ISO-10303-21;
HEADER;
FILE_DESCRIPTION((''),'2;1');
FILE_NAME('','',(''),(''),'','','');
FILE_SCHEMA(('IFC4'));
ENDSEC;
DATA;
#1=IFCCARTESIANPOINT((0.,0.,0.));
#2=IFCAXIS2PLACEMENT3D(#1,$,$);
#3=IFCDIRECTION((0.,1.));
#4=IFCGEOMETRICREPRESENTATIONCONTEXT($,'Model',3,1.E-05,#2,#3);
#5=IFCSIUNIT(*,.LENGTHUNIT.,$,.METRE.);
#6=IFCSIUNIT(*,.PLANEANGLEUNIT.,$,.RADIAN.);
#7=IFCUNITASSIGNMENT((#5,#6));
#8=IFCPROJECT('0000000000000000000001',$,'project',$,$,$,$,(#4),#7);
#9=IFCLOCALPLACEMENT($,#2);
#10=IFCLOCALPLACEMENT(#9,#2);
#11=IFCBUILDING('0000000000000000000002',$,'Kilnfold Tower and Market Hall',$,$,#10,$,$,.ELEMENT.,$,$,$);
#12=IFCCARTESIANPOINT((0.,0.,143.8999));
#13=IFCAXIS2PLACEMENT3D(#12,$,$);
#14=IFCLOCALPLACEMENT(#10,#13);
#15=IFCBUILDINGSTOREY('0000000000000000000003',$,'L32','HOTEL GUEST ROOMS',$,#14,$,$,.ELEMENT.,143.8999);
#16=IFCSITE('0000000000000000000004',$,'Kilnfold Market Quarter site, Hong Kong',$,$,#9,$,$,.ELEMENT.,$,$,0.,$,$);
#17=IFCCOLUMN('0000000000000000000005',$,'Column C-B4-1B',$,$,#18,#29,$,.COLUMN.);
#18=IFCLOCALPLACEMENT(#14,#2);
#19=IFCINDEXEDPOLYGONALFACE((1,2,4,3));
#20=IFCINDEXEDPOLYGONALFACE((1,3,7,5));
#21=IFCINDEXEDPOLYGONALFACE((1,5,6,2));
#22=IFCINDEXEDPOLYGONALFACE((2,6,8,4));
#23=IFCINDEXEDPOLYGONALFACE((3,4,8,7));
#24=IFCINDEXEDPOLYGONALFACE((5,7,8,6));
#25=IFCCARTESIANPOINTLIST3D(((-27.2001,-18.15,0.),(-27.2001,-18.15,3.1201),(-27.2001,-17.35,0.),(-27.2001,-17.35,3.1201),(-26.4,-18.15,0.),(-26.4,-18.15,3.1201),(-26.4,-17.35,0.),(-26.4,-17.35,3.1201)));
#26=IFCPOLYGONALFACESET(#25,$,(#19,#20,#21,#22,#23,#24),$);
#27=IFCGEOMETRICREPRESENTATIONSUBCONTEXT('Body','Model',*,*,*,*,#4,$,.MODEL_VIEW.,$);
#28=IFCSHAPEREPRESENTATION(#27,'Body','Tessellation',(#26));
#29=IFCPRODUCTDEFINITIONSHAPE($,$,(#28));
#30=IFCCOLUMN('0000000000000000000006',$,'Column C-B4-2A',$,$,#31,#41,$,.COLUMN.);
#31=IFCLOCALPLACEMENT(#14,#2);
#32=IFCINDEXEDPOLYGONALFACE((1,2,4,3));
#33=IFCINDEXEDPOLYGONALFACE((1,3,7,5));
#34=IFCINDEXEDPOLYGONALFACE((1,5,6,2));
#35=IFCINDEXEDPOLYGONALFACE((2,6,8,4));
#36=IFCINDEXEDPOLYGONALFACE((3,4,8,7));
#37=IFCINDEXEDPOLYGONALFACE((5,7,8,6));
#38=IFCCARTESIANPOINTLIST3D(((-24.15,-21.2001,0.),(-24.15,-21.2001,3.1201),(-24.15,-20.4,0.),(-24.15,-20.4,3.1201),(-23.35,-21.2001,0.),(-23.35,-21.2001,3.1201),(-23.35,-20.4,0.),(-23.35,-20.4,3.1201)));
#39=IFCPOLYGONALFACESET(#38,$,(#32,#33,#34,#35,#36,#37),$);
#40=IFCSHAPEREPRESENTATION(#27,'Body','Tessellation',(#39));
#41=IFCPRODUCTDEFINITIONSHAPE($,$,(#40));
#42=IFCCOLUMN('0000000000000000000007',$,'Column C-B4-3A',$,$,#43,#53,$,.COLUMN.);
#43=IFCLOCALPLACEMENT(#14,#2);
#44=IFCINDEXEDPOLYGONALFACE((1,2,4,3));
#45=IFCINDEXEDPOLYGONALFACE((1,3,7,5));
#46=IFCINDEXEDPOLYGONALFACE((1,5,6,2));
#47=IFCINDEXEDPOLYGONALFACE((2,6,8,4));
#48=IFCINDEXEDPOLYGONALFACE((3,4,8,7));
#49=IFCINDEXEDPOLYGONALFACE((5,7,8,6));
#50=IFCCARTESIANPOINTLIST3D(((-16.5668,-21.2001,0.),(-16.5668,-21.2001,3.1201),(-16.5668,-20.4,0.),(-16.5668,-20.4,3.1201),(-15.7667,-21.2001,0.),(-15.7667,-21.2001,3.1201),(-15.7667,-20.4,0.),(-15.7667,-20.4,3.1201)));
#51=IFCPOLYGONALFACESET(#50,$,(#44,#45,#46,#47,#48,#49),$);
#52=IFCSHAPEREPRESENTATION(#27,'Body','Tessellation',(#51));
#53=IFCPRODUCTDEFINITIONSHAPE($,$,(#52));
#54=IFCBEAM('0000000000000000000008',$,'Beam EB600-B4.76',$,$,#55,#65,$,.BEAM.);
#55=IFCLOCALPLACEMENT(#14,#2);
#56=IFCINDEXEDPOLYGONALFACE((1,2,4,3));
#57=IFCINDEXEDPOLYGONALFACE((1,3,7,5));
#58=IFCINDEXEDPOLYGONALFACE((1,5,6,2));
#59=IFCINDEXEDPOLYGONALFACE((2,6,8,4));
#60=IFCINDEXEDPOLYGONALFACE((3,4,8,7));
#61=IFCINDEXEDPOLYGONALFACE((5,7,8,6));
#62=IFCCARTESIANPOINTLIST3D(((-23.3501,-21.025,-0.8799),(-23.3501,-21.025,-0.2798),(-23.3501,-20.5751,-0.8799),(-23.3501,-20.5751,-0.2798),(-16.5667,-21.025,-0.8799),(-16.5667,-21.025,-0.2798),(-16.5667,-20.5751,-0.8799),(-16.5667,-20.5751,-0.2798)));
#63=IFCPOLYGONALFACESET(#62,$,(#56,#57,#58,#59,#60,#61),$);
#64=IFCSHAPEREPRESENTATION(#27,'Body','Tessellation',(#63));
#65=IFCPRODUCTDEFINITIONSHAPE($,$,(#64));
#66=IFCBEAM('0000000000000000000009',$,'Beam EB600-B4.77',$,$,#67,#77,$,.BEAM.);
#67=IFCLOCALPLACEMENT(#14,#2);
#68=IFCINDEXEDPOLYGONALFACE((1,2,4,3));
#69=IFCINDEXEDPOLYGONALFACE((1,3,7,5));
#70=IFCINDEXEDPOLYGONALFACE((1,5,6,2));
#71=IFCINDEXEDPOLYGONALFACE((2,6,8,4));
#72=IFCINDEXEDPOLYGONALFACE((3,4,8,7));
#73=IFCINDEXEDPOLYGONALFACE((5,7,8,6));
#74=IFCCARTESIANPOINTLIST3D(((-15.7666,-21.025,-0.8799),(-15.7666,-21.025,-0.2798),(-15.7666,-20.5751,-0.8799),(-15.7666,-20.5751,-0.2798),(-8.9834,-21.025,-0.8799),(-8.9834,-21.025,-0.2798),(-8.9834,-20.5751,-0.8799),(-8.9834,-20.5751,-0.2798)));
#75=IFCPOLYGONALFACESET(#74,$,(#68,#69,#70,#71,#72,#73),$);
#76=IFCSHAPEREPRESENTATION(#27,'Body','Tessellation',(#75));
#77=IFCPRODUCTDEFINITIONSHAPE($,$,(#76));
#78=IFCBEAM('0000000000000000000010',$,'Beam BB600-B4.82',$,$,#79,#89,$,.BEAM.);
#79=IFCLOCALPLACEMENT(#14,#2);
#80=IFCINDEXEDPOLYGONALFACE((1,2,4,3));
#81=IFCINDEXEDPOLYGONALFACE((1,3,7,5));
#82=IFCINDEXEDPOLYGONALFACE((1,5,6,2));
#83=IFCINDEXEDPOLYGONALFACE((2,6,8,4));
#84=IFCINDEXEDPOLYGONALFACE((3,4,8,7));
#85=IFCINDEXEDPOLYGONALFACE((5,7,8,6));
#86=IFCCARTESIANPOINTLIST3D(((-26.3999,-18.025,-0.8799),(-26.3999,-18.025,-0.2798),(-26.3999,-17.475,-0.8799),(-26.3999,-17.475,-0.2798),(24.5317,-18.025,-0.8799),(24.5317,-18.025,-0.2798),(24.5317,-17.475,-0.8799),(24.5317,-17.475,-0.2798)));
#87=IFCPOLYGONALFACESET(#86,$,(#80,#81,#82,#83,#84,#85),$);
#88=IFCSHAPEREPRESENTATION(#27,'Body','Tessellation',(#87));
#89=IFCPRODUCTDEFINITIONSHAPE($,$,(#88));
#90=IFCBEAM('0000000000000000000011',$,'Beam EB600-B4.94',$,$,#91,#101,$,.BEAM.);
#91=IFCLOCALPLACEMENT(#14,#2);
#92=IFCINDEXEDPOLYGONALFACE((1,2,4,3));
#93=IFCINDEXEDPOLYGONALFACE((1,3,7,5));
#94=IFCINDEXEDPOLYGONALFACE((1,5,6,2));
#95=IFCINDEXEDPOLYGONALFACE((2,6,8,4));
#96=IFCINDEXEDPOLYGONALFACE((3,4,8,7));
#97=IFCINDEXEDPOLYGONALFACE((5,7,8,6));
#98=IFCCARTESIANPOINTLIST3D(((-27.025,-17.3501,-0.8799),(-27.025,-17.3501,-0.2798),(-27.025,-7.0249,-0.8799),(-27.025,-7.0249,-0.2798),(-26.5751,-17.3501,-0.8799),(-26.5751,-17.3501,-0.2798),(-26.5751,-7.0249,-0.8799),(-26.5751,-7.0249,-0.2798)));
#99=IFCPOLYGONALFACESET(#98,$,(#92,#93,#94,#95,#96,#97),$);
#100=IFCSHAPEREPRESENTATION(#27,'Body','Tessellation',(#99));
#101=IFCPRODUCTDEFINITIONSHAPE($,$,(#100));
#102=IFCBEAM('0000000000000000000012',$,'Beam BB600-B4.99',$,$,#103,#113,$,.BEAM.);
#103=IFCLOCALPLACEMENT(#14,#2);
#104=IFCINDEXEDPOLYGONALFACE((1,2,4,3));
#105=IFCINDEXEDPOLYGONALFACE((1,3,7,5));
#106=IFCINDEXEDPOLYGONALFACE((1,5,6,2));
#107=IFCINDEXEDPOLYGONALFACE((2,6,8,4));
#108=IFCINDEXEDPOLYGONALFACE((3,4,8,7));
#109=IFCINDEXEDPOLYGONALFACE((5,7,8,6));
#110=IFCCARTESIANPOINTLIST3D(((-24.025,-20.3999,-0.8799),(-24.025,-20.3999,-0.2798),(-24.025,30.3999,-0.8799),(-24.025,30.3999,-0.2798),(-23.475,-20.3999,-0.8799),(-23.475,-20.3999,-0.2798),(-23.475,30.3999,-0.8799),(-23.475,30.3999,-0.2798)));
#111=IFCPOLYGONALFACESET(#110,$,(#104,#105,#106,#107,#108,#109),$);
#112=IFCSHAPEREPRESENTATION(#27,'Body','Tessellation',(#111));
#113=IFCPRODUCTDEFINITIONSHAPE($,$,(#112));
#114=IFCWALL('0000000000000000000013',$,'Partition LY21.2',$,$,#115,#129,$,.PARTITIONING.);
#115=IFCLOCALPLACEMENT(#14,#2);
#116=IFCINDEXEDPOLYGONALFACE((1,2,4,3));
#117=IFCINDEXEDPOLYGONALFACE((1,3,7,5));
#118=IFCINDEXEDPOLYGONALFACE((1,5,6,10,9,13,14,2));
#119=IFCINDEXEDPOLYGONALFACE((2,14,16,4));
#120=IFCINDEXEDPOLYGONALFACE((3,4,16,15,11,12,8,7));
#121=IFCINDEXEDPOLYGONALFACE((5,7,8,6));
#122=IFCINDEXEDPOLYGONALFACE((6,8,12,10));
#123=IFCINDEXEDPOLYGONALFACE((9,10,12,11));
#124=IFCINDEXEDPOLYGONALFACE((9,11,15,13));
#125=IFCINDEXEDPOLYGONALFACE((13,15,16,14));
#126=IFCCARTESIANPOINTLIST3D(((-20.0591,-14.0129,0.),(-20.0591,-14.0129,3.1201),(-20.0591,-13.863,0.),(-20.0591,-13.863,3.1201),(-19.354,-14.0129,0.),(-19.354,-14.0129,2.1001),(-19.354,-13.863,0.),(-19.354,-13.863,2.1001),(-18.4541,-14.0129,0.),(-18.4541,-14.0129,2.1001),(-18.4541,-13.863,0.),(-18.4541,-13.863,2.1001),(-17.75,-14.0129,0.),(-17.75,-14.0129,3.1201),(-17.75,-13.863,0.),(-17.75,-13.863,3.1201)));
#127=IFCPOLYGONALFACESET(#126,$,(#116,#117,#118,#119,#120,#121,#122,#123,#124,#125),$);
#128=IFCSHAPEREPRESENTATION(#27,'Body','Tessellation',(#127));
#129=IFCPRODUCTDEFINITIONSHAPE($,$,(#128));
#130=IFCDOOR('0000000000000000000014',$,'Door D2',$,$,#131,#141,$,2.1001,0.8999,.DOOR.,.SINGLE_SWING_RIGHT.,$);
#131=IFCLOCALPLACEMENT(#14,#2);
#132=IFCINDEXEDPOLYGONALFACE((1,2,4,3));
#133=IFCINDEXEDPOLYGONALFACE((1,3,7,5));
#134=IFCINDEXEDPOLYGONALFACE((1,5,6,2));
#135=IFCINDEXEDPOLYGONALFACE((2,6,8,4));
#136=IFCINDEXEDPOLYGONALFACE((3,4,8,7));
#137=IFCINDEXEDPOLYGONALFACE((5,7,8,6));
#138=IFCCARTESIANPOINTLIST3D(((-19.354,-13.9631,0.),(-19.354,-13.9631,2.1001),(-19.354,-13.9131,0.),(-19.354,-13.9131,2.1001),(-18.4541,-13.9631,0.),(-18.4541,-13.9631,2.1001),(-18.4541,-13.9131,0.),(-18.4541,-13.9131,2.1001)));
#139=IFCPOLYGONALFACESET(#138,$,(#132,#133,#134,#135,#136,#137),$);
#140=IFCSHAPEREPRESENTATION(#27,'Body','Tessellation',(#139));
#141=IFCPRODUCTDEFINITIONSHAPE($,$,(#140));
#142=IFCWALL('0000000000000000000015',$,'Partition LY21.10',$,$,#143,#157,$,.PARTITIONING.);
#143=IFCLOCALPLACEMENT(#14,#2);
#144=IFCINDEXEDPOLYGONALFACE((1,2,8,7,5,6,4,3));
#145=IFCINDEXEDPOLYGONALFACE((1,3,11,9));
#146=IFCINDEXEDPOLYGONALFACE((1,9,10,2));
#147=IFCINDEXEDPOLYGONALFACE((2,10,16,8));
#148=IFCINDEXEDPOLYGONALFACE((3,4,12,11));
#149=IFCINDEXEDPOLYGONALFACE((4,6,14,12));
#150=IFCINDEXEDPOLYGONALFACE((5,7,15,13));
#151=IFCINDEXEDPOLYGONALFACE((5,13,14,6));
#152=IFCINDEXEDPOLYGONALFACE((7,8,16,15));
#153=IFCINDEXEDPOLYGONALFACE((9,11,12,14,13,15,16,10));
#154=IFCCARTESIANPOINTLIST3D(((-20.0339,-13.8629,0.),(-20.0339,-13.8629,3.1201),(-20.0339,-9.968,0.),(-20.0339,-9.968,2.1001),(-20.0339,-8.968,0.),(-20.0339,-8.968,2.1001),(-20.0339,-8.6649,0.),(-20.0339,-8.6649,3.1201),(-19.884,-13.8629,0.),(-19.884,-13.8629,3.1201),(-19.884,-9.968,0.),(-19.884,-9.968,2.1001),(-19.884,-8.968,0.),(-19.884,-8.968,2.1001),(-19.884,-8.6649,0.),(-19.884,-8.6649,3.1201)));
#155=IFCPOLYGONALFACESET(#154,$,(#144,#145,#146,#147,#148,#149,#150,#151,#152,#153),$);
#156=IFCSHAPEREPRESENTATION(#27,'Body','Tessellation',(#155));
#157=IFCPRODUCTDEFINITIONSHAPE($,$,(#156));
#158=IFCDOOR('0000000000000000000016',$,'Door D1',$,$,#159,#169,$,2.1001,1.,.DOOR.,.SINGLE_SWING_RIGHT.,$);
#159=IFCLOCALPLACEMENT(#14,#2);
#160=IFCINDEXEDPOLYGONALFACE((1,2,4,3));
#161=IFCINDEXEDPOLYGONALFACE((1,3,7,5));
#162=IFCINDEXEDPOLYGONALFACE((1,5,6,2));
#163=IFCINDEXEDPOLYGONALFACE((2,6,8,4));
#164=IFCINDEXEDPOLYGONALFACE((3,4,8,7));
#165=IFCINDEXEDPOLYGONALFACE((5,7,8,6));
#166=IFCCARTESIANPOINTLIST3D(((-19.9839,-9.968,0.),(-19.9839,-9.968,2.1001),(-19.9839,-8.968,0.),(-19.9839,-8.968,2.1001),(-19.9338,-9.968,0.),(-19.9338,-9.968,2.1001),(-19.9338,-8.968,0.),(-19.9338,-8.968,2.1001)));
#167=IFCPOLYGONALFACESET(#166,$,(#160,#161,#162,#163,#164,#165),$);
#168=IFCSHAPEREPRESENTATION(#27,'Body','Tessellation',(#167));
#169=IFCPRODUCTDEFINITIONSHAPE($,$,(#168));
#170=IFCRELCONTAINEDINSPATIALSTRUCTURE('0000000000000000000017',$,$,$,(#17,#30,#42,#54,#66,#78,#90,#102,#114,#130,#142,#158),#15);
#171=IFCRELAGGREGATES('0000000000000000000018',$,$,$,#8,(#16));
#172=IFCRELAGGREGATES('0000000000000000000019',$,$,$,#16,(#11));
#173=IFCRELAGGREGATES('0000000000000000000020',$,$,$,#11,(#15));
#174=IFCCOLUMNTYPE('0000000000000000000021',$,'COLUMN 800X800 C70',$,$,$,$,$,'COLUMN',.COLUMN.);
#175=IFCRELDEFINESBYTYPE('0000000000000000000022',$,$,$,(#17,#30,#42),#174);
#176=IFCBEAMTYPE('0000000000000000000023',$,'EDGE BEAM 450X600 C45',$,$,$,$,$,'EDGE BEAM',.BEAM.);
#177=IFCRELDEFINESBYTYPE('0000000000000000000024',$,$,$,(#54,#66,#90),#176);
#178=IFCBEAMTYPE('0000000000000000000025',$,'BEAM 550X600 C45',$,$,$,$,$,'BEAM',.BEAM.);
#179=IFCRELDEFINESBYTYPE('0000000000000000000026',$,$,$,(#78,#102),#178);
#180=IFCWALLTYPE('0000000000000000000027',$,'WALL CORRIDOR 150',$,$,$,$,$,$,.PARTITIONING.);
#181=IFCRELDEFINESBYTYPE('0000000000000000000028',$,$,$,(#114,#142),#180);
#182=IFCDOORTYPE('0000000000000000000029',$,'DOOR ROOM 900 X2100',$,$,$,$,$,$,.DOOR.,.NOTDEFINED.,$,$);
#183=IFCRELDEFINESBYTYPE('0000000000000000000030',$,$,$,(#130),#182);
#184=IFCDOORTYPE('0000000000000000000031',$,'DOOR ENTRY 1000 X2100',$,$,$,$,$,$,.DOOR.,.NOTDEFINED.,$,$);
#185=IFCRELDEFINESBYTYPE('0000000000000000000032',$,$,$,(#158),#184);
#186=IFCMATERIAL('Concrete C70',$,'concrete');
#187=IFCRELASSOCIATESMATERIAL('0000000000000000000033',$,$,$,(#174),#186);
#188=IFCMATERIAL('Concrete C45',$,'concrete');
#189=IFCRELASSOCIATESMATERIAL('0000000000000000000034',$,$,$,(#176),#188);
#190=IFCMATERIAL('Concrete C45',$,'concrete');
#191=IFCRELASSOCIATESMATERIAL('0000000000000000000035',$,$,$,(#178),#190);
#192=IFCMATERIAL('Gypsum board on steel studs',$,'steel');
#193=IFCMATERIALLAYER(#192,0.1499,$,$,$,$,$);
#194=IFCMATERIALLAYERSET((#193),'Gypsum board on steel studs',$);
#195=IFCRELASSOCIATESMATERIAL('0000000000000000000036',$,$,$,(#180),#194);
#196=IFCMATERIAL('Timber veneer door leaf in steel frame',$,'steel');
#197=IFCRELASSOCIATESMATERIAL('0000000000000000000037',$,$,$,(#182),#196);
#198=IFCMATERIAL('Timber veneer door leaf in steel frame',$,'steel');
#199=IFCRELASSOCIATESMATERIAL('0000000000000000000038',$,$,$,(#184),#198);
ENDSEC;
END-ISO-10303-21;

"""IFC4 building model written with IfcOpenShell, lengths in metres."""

from ifc_helpers import new_model, si_unit, direction, frame, frame_2d, origin, origin_2d, place, context, subcontext, project, spatial, rectangle, extrude, source, transform, mapped, material, layer, layer_set, material_profile, profile_set, type_object, element, fill, save


model = new_model("IFC4")

# Units and contexts
model_context = context("Model", 3, precision=1e-05, world=origin(), true_north=direction((0.0, 1.0)))
body_context = subcontext(model_context, "Body", "Model", "MODEL_VIEW")
ifc_project = project(units=[si_unit("LENGTHUNIT", "METRE"), si_unit("PLANEANGLEUNIT", "RADIAN")], contexts=[model_context])

# Site, building, storey
site_placement = place(None, origin())
site = spatial("IfcSite", under=ifc_project, at=site_placement, Name="Kilnfold Market Quarter site, Hong Kong", CompositionType="ELEMENT", RefElevation=0.0)
building_placement = place(site_placement, origin())
building = spatial("IfcBuilding", under=site, at=building_placement, Name="Kilnfold Tower and Market Hall", CompositionType="ELEMENT")
storey_placement = place(building_placement, frame((0.0, 0.0, 143.8999)))
storey = spatial("IfcBuildingStorey", under=building, at=storey_placement, Name="L32", Description="HOTEL GUEST ROOMS", CompositionType="ELEMENT", Elevation=143.8999)

# Columns
ifc_material_1 = material(Name="Concrete C70", Category="concrete")
ifc_material_profile_1 = material_profile(ifc_material_1, rectangle(XDim=0.8, YDim=0.8, at=origin_2d()), Name="RC 800x800")
ifc_profile_set_1 = profile_set([ifc_material_profile_1], Name="Concrete C70")
column_type = type_object("IfcColumnType", Name="COLUMN 800X800 C70", ElementType="COLUMN", PredefinedType="COLUMN", material=ifc_profile_set_1)
shared_shape_1 = source(origin(), body_context, "Body", "SweptSolid", [
    extrude(rectangle(XDim=0.8, YDim=0.8, at=origin_2d()), origin(), (0.0, 0.0, 1.0), 3.1201),
])
for number, where, z_axis, x_axis, name in (
    (1, (-26.8, -17.75, 0.0), (0.0, 0.0, 1.0), (1.0, 0.0, 0.0), "Column C-B4-1B"),
    (2, (-23.75, -20.8, 0.0), (0.0, 0.0, 1.0), (1.0, 0.0, 0.0), "Column C-B4-2A"),
    (3, (-16.1667, -20.8, 0.0), (0.0, 0.0, 1.0), (1.0, 0.0, 0.0), "Column C-B4-3A"),
):
    element("IfcColumn", number, at=place(storey_placement, frame(where, z_axis=z_axis, x_axis=x_axis)), inside=storey, type_object=column_type, Name=name, PredefinedType="COLUMN", context=body_context, shape_type="MappedRepresentation", body=[
        mapped(shared_shape_1, transform((0.0, 0.0, 0.0))),
    ])

# Beams
ifc_material_2 = material(Name="Concrete C45", Category="concrete")
ifc_material_profile_2 = material_profile(ifc_material_2, rectangle(XDim=0.45, YDim=0.6001, at=origin_2d()), Name="RC 450x600")
ifc_profile_set_2 = profile_set([ifc_material_profile_2], Name="Concrete C45")
beam_type_1 = type_object("IfcBeamType", Name="EDGE BEAM 450X600 C45", ElementType="EDGE BEAM", PredefinedType="BEAM", material=ifc_profile_set_2)
shared_shape_2 = source(origin(), body_context, "Body", "SweptSolid", [
    extrude(rectangle(XDim=0.45, YDim=0.6001, at=origin_2d()), origin(), (0.0, 0.0, 1.0), 6.7834),
])
beam_1_placement = place(storey_placement, frame((-23.3501, -20.8, -0.5798), z_axis=(1.0, 0.0, 0.0), x_axis=(0.0, 1.0, 0.0)))
element("IfcBeam", 4, at=beam_1_placement, inside=storey, type_object=beam_type_1, Name="Beam EB600-B4.76", PredefinedType="BEAM", context=body_context, shape_type="MappedRepresentation", body=[
    mapped(shared_shape_2, transform((0.0, 0.0, 0.0))),
])
shared_shape_3 = source(origin(), body_context, "Body", "SweptSolid", [
    extrude(rectangle(XDim=0.45, YDim=0.6001, at=origin_2d()), origin(), (0.0, 0.0, 1.0), 6.7832),
])
beam_2_placement = place(storey_placement, frame((-15.7666, -20.8, -0.5798), z_axis=(1.0, 0.0, 0.0), x_axis=(0.0, 1.0, 0.0)))
element("IfcBeam", 5, at=beam_2_placement, inside=storey, type_object=beam_type_1, Name="Beam EB600-B4.77", PredefinedType="BEAM", context=body_context, shape_type="MappedRepresentation", body=[
    mapped(shared_shape_3, transform((0.0, 0.0, 0.0))),
])
ifc_material_3 = material(Name="Concrete C45", Category="concrete")
ifc_material_profile_3 = material_profile(ifc_material_3, rectangle(XDim=0.55, YDim=0.6001, at=origin_2d()), Name="RC 550x600")
ifc_profile_set_3 = profile_set([ifc_material_profile_3], Name="Concrete C45")
beam_type_2 = type_object("IfcBeamType", Name="BEAM 550X600 C45", ElementType="BEAM", PredefinedType="BEAM", material=ifc_profile_set_3)
shared_shape_4 = source(origin(), body_context, "Body", "SweptSolid", [
    extrude(rectangle(XDim=0.55, YDim=0.6001, at=origin_2d()), origin(), (0.0, 0.0, 1.0), 50.9316),
])
beam_3_placement = place(storey_placement, frame((-26.3999, -17.75, -0.5798), z_axis=(1.0, 0.0, 0.0), x_axis=(0.0, 1.0, 0.0)))
element("IfcBeam", 6, at=beam_3_placement, inside=storey, type_object=beam_type_2, Name="Beam BB600-B4.82", PredefinedType="BEAM", context=body_context, shape_type="MappedRepresentation", body=[
    mapped(shared_shape_4, transform((0.0, 0.0, 0.0))),
])
shared_shape_5 = source(origin(), body_context, "Body", "SweptSolid", [
    extrude(rectangle(XDim=0.45, YDim=0.6001, at=origin_2d()), origin(), (0.0, 0.0, 1.0), 10.3252),
])
beam_4_placement = place(storey_placement, frame((-26.8, -17.3501, -0.5798), z_axis=(0.0, 1.0, 0.0), x_axis=(-1.0, 0.0, 0.0)))
element("IfcBeam", 7, at=beam_4_placement, inside=storey, type_object=beam_type_1, Name="Beam EB600-B4.94", PredefinedType="BEAM", context=body_context, shape_type="MappedRepresentation", body=[
    mapped(shared_shape_5, transform((0.0, 0.0, 0.0))),
])
shared_shape_6 = source(origin(), body_context, "Body", "SweptSolid", [
    extrude(rectangle(XDim=0.55, YDim=0.6001, at=origin_2d()), origin(), (0.0, 0.0, 1.0), 50.7998),
])
beam_5_placement = place(storey_placement, frame((-23.75, -20.3999, -0.5798), z_axis=(0.0, 1.0, 0.0), x_axis=(-1.0, 0.0, 0.0)))
element("IfcBeam", 8, at=beam_5_placement, inside=storey, type_object=beam_type_2, Name="Beam BB600-B4.99", PredefinedType="BEAM", context=body_context, shape_type="MappedRepresentation", body=[
    mapped(shared_shape_6, transform((0.0, 0.0, 0.0))),
])

# Walls, openings, doors
ifc_material_4 = material(Name="Gypsum board on steel studs", Category="steel")
ifc_layer_1 = layer(ifc_material_4, 0.1499)
ifc_layer_set_1 = layer_set([ifc_layer_1], Name="Gypsum board on steel studs")
wall_type_1 = type_object("IfcWallType", Name="WALL CORRIDOR 150", PredefinedType="PARTITIONING", material=ifc_layer_set_1)
wall_1_placement = place(storey_placement, frame((-20.0591, -13.938, 0.0), z_axis=(0.0, 0.0, 1.0), x_axis=(1.0, 0.0, 0.0)))
wall_1 = element("IfcWall", 9, at=wall_1_placement, inside=storey, type_object=wall_type_1, Name="Partition LY21.2", PredefinedType="PARTITIONING", context=body_context, shape_type="SweptSolid", body=[
    extrude(rectangle(XDim=2.3091, YDim=0.1499, at=frame_2d((1.1545, 0.0))), origin(), (0.0, 0.0, 1.0), 3.1201),
])
opening_1_placement = place(wall_1_placement, frame((0.7051, 0.0, 0.0)))
opening_1 = element("IfcOpeningElement", 10, at=opening_1_placement, cuts=wall_1, PredefinedType="OPENING", context=body_context, shape_type="SweptSolid", body=[
    extrude(rectangle(XDim=0.8999, YDim=2.1001, at=frame_2d((0.45, 1.05))), frame((0.0, 0.085, 0.0), z_axis=(0.0, -1.0, 0.0), x_axis=(1.0, 0.0, 0.0)), (0.0, 0.0, 1.0), 0.1699),
])
ifc_material_5 = material(Name="Timber veneer door leaf in steel frame", Category="steel")
door_type_1 = type_object("IfcDoorType", Name="DOOR ROOM 900 X2100", OperationType="NOTDEFINED", PredefinedType="DOOR", material=ifc_material_5)
door_1_placement = place(opening_1_placement, origin())
door_1 = element("IfcDoor", 11, at=door_1_placement, inside=storey, type_object=door_type_1, Name="Door D2", OperationType="SINGLE_SWING_RIGHT", OverallHeight=2.1001, OverallWidth=0.8999, PredefinedType="DOOR", context=body_context, shape_type="SweptSolid", body=[
    extrude(rectangle(XDim=0.8999, YDim=2.1001, at=frame_2d((0.45, 1.05))), frame((0.0, 0.0249, 0.0), z_axis=(0.0, -1.0, 0.0), x_axis=(1.0, 0.0, 0.0)), (0.0, 0.0, 1.0), 0.05),
])
fill(opening_1, door_1)
wall_2_placement = place(storey_placement, frame((-19.959, -13.863, 0.0), z_axis=(0.0, 0.0, 1.0), x_axis=(0.0, 1.0, 0.0)))
wall_2 = element("IfcWall", 12, at=wall_2_placement, inside=storey, type_object=wall_type_1, Name="Partition LY21.10", PredefinedType="PARTITIONING", context=body_context, shape_type="SweptSolid", body=[
    extrude(rectangle(XDim=5.198, YDim=0.1499, at=frame_2d((2.5991, 0.0))), origin(), (0.0, 0.0, 1.0), 3.1201),
])
opening_2_placement = place(wall_2_placement, frame((3.895, 0.0, 0.0)))
opening_2 = element("IfcOpeningElement", 13, at=opening_2_placement, cuts=wall_2, PredefinedType="OPENING", context=body_context, shape_type="SweptSolid", body=[
    extrude(rectangle(XDim=1.0, YDim=2.1001, at=frame_2d((0.5, 1.05))), frame((0.0, 0.085, 0.0), z_axis=(0.0, -1.0, 0.0), x_axis=(1.0, 0.0, 0.0)), (0.0, 0.0, 1.0), 0.1699),
])
ifc_material_6 = material(Name="Timber veneer door leaf in steel frame", Category="steel")
door_type_2 = type_object("IfcDoorType", Name="DOOR ENTRY 1000 X2100", OperationType="NOTDEFINED", PredefinedType="DOOR", material=ifc_material_6)
door_2_placement = place(opening_2_placement, origin())
door_2 = element("IfcDoor", 14, at=door_2_placement, inside=storey, type_object=door_type_2, Name="Door D1", OperationType="SINGLE_SWING_RIGHT", OverallHeight=2.1001, OverallWidth=1.0, PredefinedType="DOOR", context=body_context, shape_type="SweptSolid", body=[
    extrude(rectangle(XDim=1.0, YDim=2.1001, at=frame_2d((0.5, 1.05))), frame((0.0, 0.0249, 0.0), z_axis=(0.0, -1.0, 0.0), x_axis=(1.0, 0.0, 0.0)), (0.0, 0.0, 1.0), 0.05),
])
fill(opening_2, door_2)

save(model, "model.ifc")
